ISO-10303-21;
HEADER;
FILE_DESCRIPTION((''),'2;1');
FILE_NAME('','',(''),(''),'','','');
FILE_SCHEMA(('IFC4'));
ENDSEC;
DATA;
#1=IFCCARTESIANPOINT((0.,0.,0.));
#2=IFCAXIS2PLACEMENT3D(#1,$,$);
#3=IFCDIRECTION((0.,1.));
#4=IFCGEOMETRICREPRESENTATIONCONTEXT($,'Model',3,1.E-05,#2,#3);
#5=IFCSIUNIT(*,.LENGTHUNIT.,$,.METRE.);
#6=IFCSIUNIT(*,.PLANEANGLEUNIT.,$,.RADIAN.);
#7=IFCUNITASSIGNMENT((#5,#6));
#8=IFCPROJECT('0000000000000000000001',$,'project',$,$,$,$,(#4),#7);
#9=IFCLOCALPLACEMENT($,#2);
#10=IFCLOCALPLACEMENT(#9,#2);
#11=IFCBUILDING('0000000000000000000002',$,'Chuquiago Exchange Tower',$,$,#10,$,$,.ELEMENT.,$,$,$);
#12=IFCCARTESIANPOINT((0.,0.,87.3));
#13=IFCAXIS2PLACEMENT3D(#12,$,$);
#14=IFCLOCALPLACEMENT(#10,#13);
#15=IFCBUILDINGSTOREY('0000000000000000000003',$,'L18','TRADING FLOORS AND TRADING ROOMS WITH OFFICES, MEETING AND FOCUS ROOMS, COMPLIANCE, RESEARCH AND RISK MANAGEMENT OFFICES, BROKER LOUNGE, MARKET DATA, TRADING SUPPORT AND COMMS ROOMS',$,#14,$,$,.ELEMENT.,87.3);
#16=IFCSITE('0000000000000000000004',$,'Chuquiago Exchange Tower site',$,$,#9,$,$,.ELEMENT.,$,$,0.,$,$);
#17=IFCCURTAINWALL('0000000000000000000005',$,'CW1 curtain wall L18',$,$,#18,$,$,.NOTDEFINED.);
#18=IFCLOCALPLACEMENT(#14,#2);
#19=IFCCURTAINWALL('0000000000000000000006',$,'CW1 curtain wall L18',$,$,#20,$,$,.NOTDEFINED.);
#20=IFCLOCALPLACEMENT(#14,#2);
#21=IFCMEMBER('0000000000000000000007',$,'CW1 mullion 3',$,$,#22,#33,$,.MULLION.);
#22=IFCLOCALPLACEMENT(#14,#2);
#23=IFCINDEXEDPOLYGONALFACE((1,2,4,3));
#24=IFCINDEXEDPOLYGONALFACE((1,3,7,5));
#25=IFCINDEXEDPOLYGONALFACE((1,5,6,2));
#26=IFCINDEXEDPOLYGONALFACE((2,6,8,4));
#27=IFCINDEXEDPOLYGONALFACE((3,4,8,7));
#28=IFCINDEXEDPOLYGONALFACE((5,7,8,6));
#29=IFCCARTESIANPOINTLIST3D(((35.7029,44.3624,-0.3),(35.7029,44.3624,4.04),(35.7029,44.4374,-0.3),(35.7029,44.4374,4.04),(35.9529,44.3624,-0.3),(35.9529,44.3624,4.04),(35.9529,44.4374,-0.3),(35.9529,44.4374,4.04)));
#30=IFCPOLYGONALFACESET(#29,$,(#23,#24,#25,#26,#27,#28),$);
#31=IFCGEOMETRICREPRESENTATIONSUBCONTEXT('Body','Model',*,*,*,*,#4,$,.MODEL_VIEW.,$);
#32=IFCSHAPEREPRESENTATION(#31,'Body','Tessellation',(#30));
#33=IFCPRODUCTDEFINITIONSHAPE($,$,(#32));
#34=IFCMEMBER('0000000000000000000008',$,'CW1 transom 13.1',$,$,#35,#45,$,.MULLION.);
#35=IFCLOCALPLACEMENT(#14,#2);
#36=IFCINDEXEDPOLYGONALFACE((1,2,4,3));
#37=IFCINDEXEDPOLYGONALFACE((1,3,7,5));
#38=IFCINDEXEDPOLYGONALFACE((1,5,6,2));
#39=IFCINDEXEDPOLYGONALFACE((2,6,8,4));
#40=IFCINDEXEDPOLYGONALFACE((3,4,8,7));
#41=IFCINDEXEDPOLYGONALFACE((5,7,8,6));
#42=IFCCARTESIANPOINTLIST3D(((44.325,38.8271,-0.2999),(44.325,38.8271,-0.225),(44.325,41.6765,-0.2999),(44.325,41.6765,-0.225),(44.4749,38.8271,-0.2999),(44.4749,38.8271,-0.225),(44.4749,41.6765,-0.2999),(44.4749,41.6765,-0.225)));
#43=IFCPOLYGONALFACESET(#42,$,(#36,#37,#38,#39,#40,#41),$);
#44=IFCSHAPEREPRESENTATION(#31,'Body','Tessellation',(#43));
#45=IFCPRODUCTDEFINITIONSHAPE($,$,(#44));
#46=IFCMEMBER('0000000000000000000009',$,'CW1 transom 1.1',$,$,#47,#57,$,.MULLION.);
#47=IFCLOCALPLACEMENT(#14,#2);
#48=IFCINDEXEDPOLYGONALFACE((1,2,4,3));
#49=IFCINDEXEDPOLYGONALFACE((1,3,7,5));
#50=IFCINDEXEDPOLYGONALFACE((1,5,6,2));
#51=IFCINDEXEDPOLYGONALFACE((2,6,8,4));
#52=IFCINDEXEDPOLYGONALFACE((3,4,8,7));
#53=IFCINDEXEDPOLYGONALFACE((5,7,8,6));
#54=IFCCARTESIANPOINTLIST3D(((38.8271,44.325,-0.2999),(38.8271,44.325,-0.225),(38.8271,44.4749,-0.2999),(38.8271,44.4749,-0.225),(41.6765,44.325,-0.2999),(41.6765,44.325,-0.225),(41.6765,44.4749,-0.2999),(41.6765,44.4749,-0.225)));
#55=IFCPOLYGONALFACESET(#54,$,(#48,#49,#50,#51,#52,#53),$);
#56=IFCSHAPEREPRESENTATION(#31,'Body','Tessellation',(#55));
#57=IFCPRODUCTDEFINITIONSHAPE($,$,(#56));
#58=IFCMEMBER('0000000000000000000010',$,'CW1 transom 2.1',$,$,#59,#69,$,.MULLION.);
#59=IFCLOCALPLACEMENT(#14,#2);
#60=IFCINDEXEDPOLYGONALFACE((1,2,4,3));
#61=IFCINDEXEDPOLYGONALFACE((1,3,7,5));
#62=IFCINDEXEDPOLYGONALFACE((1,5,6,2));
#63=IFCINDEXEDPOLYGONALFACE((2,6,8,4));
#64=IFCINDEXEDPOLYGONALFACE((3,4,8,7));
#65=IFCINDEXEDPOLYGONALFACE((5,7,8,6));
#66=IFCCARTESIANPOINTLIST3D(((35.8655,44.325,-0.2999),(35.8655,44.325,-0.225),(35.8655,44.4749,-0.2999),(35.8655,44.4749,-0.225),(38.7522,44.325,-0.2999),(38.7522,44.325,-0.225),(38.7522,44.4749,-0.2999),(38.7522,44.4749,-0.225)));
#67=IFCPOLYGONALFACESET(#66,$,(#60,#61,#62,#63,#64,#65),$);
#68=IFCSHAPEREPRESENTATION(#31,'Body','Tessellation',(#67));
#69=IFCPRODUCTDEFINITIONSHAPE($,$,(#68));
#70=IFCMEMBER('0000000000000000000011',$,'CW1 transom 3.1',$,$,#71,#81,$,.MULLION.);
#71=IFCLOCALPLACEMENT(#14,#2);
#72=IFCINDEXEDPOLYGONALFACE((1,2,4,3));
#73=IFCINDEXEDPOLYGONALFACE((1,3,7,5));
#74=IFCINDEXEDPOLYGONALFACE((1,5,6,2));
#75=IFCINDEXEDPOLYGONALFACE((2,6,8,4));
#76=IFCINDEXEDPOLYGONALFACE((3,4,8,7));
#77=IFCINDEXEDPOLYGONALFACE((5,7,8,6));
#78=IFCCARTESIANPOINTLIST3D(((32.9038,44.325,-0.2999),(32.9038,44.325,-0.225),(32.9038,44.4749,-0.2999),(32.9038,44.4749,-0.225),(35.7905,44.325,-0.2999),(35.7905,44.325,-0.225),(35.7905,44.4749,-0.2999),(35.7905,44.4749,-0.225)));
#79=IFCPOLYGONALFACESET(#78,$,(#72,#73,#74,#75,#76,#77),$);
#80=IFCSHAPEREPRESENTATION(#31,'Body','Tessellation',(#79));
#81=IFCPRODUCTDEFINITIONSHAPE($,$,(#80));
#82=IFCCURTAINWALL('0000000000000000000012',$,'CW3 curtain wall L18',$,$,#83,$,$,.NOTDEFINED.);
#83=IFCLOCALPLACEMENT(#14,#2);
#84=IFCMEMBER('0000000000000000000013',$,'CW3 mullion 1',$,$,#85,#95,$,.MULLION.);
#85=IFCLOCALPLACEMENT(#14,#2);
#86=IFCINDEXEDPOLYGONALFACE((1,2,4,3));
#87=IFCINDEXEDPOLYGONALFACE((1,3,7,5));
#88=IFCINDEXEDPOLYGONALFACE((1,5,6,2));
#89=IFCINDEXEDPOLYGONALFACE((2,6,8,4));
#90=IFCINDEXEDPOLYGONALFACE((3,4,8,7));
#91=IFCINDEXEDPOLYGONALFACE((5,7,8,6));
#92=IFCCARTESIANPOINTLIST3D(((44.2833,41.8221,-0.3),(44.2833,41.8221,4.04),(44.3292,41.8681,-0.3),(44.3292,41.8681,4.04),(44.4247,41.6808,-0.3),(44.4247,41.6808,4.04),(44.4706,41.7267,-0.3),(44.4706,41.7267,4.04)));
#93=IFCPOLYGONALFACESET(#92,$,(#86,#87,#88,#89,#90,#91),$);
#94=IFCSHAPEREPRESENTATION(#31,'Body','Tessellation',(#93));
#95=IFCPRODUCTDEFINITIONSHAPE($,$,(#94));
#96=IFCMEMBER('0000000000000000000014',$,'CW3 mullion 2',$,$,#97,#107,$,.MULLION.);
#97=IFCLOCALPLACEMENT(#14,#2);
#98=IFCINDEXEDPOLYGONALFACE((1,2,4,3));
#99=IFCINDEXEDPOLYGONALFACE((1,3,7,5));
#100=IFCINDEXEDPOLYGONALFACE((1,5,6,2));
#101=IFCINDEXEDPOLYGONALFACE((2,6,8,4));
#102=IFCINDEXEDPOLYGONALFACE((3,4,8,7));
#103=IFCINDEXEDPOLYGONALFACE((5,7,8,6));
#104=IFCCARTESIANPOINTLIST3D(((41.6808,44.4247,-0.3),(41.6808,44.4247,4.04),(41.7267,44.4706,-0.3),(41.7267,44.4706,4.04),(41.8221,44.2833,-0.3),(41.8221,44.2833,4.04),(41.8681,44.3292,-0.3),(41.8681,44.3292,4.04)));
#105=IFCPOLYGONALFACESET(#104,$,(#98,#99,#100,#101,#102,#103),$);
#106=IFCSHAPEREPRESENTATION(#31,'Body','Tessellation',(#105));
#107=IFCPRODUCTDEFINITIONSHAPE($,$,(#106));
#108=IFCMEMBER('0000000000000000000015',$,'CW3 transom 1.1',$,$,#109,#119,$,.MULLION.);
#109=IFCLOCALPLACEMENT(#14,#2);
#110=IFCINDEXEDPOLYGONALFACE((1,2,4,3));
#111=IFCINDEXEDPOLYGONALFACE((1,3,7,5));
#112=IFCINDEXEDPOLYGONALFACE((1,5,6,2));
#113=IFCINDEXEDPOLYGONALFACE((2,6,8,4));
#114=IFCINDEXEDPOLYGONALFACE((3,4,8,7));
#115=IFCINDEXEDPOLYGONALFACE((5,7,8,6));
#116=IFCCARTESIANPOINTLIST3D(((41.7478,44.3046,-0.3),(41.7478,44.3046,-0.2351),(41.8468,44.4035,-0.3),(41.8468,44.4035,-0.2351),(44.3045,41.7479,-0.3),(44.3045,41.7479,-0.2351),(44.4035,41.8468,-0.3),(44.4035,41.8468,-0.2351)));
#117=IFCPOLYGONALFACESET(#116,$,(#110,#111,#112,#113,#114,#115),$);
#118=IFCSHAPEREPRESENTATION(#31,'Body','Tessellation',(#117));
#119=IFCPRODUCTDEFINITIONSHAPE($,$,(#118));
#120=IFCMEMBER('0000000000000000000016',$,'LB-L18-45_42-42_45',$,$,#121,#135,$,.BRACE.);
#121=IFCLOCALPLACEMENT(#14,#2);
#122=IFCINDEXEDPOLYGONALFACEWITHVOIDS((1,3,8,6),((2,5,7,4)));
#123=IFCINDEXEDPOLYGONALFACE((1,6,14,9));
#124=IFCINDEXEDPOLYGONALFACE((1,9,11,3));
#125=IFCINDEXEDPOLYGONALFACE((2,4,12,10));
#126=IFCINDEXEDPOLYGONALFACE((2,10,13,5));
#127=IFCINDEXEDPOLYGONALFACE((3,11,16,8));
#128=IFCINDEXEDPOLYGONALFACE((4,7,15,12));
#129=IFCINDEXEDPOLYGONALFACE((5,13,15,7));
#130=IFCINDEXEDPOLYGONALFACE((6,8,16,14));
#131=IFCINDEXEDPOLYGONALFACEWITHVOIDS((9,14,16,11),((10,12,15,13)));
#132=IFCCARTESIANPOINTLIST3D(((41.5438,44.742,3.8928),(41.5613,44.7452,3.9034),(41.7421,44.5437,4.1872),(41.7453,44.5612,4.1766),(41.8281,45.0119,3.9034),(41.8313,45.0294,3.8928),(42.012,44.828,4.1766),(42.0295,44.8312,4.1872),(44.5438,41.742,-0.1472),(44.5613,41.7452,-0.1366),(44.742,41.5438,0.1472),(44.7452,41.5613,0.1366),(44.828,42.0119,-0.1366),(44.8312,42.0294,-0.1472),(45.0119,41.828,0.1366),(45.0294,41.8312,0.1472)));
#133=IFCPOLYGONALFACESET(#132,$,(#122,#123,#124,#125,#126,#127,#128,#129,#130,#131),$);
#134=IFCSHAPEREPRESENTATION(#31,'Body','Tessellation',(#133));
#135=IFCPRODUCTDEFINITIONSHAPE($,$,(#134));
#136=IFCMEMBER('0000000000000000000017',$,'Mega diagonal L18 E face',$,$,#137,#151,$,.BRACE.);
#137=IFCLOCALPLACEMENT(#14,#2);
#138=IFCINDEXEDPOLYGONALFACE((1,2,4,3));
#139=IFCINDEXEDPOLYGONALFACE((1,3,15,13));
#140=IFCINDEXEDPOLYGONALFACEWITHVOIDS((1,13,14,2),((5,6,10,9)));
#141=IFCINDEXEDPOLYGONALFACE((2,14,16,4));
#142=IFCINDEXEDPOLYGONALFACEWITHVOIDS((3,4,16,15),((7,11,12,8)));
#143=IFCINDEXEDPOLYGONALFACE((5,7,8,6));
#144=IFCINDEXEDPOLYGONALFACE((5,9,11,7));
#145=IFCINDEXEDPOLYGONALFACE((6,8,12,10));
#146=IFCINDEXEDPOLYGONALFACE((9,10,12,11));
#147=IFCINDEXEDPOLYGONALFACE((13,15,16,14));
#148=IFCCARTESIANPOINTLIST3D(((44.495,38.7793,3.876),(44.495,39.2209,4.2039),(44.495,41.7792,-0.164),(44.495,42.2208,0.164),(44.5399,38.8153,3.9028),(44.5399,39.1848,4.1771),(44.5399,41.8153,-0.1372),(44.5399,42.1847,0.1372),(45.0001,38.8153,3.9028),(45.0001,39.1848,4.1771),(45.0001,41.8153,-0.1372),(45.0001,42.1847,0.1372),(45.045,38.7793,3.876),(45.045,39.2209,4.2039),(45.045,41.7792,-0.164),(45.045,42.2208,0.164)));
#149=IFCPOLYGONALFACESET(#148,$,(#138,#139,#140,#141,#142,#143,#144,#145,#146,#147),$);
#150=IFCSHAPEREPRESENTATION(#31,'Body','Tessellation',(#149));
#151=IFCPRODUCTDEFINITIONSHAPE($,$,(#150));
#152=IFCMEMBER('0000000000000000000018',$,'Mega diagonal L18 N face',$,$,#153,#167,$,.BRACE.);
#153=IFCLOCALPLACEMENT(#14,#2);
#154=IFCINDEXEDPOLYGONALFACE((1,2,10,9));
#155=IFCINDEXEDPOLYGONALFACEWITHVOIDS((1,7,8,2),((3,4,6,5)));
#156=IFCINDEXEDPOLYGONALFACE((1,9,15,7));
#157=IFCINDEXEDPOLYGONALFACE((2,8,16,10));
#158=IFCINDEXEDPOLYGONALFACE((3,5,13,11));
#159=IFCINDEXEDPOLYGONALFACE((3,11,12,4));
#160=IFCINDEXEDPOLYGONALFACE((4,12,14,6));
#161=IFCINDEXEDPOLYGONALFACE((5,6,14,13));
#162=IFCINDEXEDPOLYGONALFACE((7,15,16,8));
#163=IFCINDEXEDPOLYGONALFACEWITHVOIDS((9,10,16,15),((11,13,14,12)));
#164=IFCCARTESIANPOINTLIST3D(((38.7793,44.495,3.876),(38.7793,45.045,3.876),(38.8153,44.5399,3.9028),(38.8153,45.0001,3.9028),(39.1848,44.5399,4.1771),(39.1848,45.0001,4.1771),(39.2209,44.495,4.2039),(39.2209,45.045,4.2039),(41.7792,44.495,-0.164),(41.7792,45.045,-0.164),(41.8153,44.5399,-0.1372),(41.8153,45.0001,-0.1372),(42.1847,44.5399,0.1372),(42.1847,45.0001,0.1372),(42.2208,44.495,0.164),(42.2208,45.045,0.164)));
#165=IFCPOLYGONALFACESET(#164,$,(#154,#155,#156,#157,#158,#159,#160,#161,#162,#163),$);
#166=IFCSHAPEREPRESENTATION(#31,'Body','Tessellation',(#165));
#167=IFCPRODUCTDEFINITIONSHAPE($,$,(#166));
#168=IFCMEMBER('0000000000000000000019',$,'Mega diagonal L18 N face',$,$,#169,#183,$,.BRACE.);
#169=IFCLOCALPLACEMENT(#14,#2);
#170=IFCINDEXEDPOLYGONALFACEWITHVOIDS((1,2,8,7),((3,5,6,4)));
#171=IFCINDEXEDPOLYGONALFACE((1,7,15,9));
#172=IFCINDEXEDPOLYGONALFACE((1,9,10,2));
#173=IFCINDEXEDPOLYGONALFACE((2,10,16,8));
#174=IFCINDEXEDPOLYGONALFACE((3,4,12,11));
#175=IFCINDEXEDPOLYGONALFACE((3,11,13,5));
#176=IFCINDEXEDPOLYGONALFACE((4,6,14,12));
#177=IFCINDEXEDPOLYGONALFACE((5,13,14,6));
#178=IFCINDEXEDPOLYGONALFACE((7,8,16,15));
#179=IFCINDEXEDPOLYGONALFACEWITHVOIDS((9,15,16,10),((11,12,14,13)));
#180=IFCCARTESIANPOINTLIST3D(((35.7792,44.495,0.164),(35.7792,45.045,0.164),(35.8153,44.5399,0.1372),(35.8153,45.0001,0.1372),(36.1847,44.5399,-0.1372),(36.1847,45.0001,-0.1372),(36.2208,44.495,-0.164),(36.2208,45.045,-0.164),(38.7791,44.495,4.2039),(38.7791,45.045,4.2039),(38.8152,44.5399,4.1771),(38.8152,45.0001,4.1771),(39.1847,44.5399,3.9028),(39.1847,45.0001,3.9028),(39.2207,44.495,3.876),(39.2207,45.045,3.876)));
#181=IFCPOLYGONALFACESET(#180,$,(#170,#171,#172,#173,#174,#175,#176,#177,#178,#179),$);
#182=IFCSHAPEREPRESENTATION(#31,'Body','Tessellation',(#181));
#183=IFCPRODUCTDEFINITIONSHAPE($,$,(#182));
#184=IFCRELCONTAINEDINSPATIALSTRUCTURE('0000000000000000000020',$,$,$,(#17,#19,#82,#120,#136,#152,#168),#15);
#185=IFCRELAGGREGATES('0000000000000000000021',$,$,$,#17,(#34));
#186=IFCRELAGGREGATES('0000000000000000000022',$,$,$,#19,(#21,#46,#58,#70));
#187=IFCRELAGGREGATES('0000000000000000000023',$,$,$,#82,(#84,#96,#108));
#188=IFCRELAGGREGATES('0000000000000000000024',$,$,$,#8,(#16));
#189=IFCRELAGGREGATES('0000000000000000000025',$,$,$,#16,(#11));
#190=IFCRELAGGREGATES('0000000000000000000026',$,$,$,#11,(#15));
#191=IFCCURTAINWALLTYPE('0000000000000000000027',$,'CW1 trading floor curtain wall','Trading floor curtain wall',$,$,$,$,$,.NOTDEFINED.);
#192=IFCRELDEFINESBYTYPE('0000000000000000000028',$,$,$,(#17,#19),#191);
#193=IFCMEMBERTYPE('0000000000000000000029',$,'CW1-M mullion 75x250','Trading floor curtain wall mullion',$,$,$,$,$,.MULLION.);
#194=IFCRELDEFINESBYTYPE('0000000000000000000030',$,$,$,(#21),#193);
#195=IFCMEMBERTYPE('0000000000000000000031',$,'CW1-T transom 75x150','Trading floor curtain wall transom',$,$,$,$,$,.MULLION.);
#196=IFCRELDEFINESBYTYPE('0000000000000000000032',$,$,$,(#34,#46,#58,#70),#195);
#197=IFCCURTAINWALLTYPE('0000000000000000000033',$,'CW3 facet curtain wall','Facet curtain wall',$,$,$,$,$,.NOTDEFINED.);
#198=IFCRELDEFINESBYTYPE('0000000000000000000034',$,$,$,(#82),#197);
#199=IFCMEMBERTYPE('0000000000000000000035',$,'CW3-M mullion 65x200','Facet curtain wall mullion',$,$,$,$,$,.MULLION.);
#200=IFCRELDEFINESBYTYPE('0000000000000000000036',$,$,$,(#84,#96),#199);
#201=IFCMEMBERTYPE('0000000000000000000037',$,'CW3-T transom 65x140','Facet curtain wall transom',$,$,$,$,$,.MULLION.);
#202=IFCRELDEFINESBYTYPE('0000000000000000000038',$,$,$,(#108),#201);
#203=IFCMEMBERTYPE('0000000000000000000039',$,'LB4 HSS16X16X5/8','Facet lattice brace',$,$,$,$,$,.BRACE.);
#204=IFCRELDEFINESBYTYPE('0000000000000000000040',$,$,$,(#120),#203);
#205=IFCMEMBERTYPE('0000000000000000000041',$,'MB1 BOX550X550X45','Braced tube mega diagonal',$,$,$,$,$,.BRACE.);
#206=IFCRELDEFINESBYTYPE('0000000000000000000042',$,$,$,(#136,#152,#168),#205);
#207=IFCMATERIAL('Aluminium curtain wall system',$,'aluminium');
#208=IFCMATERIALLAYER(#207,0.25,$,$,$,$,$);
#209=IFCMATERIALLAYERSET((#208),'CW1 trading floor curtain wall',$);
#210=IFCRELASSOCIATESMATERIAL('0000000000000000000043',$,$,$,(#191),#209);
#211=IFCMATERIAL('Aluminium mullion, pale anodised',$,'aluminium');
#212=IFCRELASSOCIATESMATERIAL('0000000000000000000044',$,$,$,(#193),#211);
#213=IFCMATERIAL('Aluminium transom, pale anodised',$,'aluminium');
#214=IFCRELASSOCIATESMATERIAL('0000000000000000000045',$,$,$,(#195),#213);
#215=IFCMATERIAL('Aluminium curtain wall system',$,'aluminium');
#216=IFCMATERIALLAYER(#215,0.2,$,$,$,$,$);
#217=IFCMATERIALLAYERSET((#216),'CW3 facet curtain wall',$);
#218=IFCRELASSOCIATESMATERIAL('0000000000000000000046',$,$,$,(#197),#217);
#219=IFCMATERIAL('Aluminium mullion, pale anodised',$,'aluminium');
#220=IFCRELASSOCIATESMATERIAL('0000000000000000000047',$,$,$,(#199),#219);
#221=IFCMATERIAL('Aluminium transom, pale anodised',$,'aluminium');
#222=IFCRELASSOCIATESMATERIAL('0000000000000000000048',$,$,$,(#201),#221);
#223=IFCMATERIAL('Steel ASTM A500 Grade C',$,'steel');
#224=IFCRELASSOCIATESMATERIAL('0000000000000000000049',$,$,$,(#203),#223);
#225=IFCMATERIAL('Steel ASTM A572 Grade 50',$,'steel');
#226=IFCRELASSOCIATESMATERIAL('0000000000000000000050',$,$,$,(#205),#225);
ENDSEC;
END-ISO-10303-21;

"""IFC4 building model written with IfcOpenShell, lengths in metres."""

from ifc_helpers import new_model, si_unit, direction, frame, origin, origin_2d, place, context, subcontext, project, spatial, rectangle, hollow_rectangle, extrude, material, layer, layer_set, material_profile, profile_set, type_object, element, aggregate, save


model = new_model("IFC4")

# Units and contexts
model_context = context("Model", 3, precision=1e-05, world=origin(), true_north=direction((0.0, 1.0)))
body_context = subcontext(model_context, "Body", "Model", "MODEL_VIEW")
ifc_project = project(units=[si_unit("LENGTHUNIT", "METRE"), si_unit("PLANEANGLEUNIT", "RADIAN")], contexts=[model_context])

# Site, building, storey
site_placement = place(None, origin())
site = spatial("IfcSite", under=ifc_project, at=site_placement, Name="Chuquiago Exchange Tower site", CompositionType="ELEMENT", RefElevation=0.0)
building_placement = place(site_placement, origin())
building = spatial("IfcBuilding", under=site, at=building_placement, Name="Chuquiago Exchange Tower", CompositionType="ELEMENT")
storey_placement = place(building_placement, frame((0.0, 0.0, 87.3)))
storey = spatial("IfcBuildingStorey", under=building, at=storey_placement, Name="L18", Description="TRADING FLOORS AND TRADING ROOMS WITH OFFICES, MEETING AND FOCUS ROOMS, COMPLIANCE, RESEARCH AND RISK MANAGEMENT OFFICES, BROKER LOUNGE, MARKET DATA, TRADING SUPPORT AND COMMS ROOMS", CompositionType="ELEMENT", Elevation=87.3)

# Curtain walls, member
ifc_material_1 = material(Name="Aluminium curtain wall system", Category="aluminium")
ifc_layer_1 = layer(ifc_material_1, 0.25)
ifc_layer_set_1 = layer_set([ifc_layer_1], Name="CW1 trading floor curtain wall")
curtain_wall_type_1 = type_object("IfcCurtainWallType", Name="CW1 trading floor curtain wall", Description="Trading floor curtain wall", PredefinedType="NOTDEFINED", material=ifc_layer_set_1)
curtain_wall_1_placement = place(storey_placement, origin())
curtain_wall_1 = element("IfcCurtainWall", 1, at=curtain_wall_1_placement, inside=storey, type_object=curtain_wall_type_1, Name="CW1 curtain wall L18", PredefinedType="NOTDEFINED")
ifc_material_2 = material(Name="Aluminium mullion, pale anodised", Category="aluminium")
ifc_material_profile_1 = material_profile(ifc_material_2, rectangle(XDim=0.075, YDim=0.25, at=origin_2d()), Name="AL 75x250")
ifc_profile_set_1 = profile_set([ifc_material_profile_1], Name="Aluminium mullion, pale anodised")
member_type_1 = type_object("IfcMemberType", Name="CW1-M mullion 75x250", Description="Trading floor curtain wall mullion", PredefinedType="MULLION", material=ifc_profile_set_1)
curtain_wall_2_placement = place(storey_placement, origin())
curtain_wall_2 = element("IfcCurtainWall", 2, at=curtain_wall_2_placement, inside=storey, type_object=curtain_wall_type_1, Name="CW1 curtain wall L18", PredefinedType="NOTDEFINED")
member_1_placement = place(storey_placement, frame((35.8279, 44.3999, -0.3), z_axis=(0.0, 0.0, 1.0), x_axis=(0.0, -1.0, 0.0)))
member_1 = element("IfcMember", 3, at=member_1_placement, type_object=member_type_1, Name="CW1 mullion 3", PredefinedType="MULLION", context=body_context, shape_type="SweptSolid", body=[
    extrude(rectangle(XDim=0.075, YDim=0.25, at=origin_2d()), origin(), (0.0, 0.0, 1.0), 4.3401),
])

# Members
ifc_material_3 = material(Name="Aluminium transom, pale anodised", Category="aluminium")
ifc_material_profile_2 = material_profile(ifc_material_3, rectangle(XDim=0.1499, YDim=0.075, at=origin_2d()), Name="AL 150x75")
ifc_profile_set_2 = profile_set([ifc_material_profile_2], Name="Aluminium transom, pale anodised")
member_type_2 = type_object("IfcMemberType", Name="CW1-T transom 75x150", Description="Trading floor curtain wall transom", PredefinedType="MULLION", material=ifc_profile_set_2)
member_2_placement = place(storey_placement, frame((44.3999, 38.8271, -0.2625), z_axis=(0.0, 1.0, 0.0), x_axis=(-1.0, 0.0, 0.0)))
member_2 = element("IfcMember", 4, at=member_2_placement, type_object=member_type_2, Name="CW1 transom 13.1", PredefinedType="MULLION", context=body_context, shape_type="SweptSolid", body=[
    extrude(rectangle(XDim=0.1499, YDim=0.075, at=origin_2d()), origin(), (0.0, 0.0, 1.0), 2.8494),
])
member_3_placement = place(storey_placement, frame((41.6765, 44.3999, -0.2625), z_axis=(-1.0, 0.0, 0.0), x_axis=(0.0, -1.0, 0.0)))
member_3 = element("IfcMember", 5, at=member_3_placement, type_object=member_type_2, Name="CW1 transom 1.1", PredefinedType="MULLION", context=body_context, shape_type="SweptSolid", body=[
    extrude(rectangle(XDim=0.1499, YDim=0.075, at=origin_2d()), origin(), (0.0, 0.0, 1.0), 2.8494),
])
member_4_placement = place(storey_placement, frame((38.7522, 44.3999, -0.2625), z_axis=(-1.0, 0.0, 0.0), x_axis=(0.0, -1.0, 0.0)))
member_4 = element("IfcMember", 6, at=member_4_placement, type_object=member_type_2, Name="CW1 transom 2.1", PredefinedType="MULLION", context=body_context, shape_type="SweptSolid", body=[
    extrude(rectangle(XDim=0.1499, YDim=0.075, at=origin_2d()), origin(), (0.0, 0.0, 1.0), 2.8867),
])
member_5_placement = place(storey_placement, frame((35.7905, 44.3999, -0.2625), z_axis=(-1.0, 0.0, 0.0), x_axis=(0.0, -1.0, 0.0)))
member_5 = element("IfcMember", 7, at=member_5_placement, type_object=member_type_2, Name="CW1 transom 3.1", PredefinedType="MULLION", context=body_context, shape_type="SweptSolid", body=[
    extrude(rectangle(XDim=0.1499, YDim=0.075, at=origin_2d()), origin(), (0.0, 0.0, 1.0), 2.8867),
])

# Curtain wall, members
ifc_material_4 = material(Name="Aluminium curtain wall system", Category="aluminium")
ifc_layer_2 = layer(ifc_material_4, 0.2)
ifc_layer_set_2 = layer_set([ifc_layer_2], Name="CW3 facet curtain wall")
curtain_wall_type_2 = type_object("IfcCurtainWallType", Name="CW3 facet curtain wall", Description="Facet curtain wall", PredefinedType="NOTDEFINED", material=ifc_layer_set_2)
curtain_wall_3_placement = place(storey_placement, origin())
curtain_wall_3 = element("IfcCurtainWall", 8, at=curtain_wall_3_placement, inside=storey, type_object=curtain_wall_type_2, Name="CW3 curtain wall L18", PredefinedType="NOTDEFINED")
ifc_material_5 = material(Name="Aluminium mullion, pale anodised", Category="aluminium")
ifc_material_profile_3 = material_profile(ifc_material_5, rectangle(XDim=0.0649, YDim=0.2, at=origin_2d()), Name="AL 65x200")
ifc_profile_set_3 = profile_set([ifc_material_profile_3], Name="Aluminium mullion, pale anodised")
member_type_3 = type_object("IfcMemberType", Name="CW3-M mullion 65x200", Description="Facet curtain wall mullion", PredefinedType="MULLION", material=ifc_profile_set_3)
member_6_placement = place(storey_placement, frame((44.377, 41.7744, -0.3), z_axis=(0.0, 0.0, 1.0), x_axis=(-0.707107, -0.707107, 0.0)))
member_6 = element("IfcMember", 9, at=member_6_placement, type_object=member_type_3, Name="CW3 mullion 1", PredefinedType="MULLION", context=body_context, shape_type="SweptSolid", body=[
    extrude(rectangle(XDim=0.0649, YDim=0.2, at=origin_2d()), origin(), (0.0, 0.0, 1.0), 4.3401),
])
member_7_placement = place(storey_placement, frame((41.7744, 44.377, -0.3), z_axis=(0.0, 0.0, 1.0), x_axis=(-0.707107, -0.707107, 0.0)))
member_7 = element("IfcMember", 10, at=member_7_placement, type_object=member_type_3, Name="CW3 mullion 2", PredefinedType="MULLION", context=body_context, shape_type="SweptSolid", body=[
    extrude(rectangle(XDim=0.0649, YDim=0.2, at=origin_2d()), origin(), (0.0, 0.0, 1.0), 4.3401),
])
ifc_material_6 = material(Name="Aluminium transom, pale anodised", Category="aluminium")
ifc_material_profile_4 = material_profile(ifc_material_6, rectangle(XDim=0.1399, YDim=0.0649, at=origin_2d()), Name="AL 140x65")
ifc_profile_set_4 = profile_set([ifc_material_profile_4], Name="Aluminium transom, pale anodised")
member_type_4 = type_object("IfcMemberType", Name="CW3-T transom 65x140", Description="Facet curtain wall transom", PredefinedType="MULLION", material=ifc_profile_set_4)
member_8_placement = place(storey_placement, frame((44.354, 41.7974, -0.2676), z_axis=(-0.707107, 0.707107, 0.0), x_axis=(-0.707107, -0.707107, 0.0)))
member_8 = element("IfcMember", 11, at=member_8_placement, type_object=member_type_4, Name="CW3 transom 1.1", PredefinedType="MULLION", context=body_context, shape_type="SweptSolid", body=[
    extrude(rectangle(XDim=0.1399, YDim=0.0649, at=origin_2d()), origin(), (0.0, 0.0, 1.0), 3.6157),
])

# Members
ifc_material_7 = material(Name="Steel ASTM A500 Grade C", Category="steel")
ifc_material_profile_5 = material_profile(ifc_material_7, hollow_rectangle(XDim=0.4065, YDim=0.4065, WallThickness=0.0146, at=origin_2d()), Name="HSS16X16X5/8")
ifc_profile_set_5 = profile_set([ifc_material_profile_5], Name="Steel ASTM A500 Grade C")
member_type_5 = type_object("IfcMemberType", Name="LB4 HSS16X16X5/8", Description="Facet lattice brace", PredefinedType="BRACE", material=ifc_profile_set_5)
member_9_placement = place(storey_placement, frame((44.7866, 41.7866, 0.0), z_axis=(-0.512077, 0.512077, 0.689604), x_axis=(-0.707107, -0.707107, 0.0)))
element("IfcMember", 12, at=member_9_placement, inside=storey, type_object=member_type_5, Name="LB-L18-45_42-42_45", PredefinedType="BRACE", context=body_context, shape_type="SweptSolid", body=[
    extrude(hollow_rectangle(XDim=0.4065, YDim=0.4065, WallThickness=0.0146, at=origin_2d()), origin(), (0.0, 0.0, 1.0), 5.8584),
])
ifc_material_8 = material(Name="Steel ASTM A572 Grade 50", Category="steel")
ifc_material_profile_6 = material_profile(ifc_material_8, hollow_rectangle(XDim=0.55, YDim=0.55, WallThickness=0.0449, at=origin_2d()), Name="BOX550X550X45")
ifc_profile_set_6 = profile_set([ifc_material_profile_6], Name="Steel ASTM A572 Grade 50")
member_type_6 = type_object("IfcMemberType", Name="MB1 BOX550X550X45", Description="Braced tube mega diagonal", PredefinedType="BRACE", material=ifc_profile_set_6)
for number, where, z_axis, x_axis, name in (
    (13, (44.77, 42.0, 0.0), (0.0, -0.596174, 0.802855), (1.0, 0.0, 0.0), "Mega diagonal L18 E face"),
    (14, (42.0, 44.77, 0.0), (-0.596174, 0.0, 0.802855), (0.0, -1.0, 0.0), "Mega diagonal L18 N face"),
    (15, (36.0, 44.77, 0.0), (0.596174, 0.0, 0.802855), (0.0, 1.0, 0.0), "Mega diagonal L18 N face"),
):
    element("IfcMember", number, at=place(storey_placement, frame(where, z_axis=z_axis, x_axis=x_axis)), inside=storey, type_object=member_type_6, Name=name, PredefinedType="BRACE", context=body_context, shape_type="SweptSolid", body=[
        extrude(hollow_rectangle(XDim=0.55, YDim=0.55, WallThickness=0.0449, at=origin_2d()), origin(), (0.0, 0.0, 1.0), 5.032),
    ])

aggregate(curtain_wall_1, [member_2])
aggregate(curtain_wall_2, [member_1, member_3, member_4, member_5])
aggregate(curtain_wall_3, [member_6, member_7, member_8])

save(model, "model.ifc")
